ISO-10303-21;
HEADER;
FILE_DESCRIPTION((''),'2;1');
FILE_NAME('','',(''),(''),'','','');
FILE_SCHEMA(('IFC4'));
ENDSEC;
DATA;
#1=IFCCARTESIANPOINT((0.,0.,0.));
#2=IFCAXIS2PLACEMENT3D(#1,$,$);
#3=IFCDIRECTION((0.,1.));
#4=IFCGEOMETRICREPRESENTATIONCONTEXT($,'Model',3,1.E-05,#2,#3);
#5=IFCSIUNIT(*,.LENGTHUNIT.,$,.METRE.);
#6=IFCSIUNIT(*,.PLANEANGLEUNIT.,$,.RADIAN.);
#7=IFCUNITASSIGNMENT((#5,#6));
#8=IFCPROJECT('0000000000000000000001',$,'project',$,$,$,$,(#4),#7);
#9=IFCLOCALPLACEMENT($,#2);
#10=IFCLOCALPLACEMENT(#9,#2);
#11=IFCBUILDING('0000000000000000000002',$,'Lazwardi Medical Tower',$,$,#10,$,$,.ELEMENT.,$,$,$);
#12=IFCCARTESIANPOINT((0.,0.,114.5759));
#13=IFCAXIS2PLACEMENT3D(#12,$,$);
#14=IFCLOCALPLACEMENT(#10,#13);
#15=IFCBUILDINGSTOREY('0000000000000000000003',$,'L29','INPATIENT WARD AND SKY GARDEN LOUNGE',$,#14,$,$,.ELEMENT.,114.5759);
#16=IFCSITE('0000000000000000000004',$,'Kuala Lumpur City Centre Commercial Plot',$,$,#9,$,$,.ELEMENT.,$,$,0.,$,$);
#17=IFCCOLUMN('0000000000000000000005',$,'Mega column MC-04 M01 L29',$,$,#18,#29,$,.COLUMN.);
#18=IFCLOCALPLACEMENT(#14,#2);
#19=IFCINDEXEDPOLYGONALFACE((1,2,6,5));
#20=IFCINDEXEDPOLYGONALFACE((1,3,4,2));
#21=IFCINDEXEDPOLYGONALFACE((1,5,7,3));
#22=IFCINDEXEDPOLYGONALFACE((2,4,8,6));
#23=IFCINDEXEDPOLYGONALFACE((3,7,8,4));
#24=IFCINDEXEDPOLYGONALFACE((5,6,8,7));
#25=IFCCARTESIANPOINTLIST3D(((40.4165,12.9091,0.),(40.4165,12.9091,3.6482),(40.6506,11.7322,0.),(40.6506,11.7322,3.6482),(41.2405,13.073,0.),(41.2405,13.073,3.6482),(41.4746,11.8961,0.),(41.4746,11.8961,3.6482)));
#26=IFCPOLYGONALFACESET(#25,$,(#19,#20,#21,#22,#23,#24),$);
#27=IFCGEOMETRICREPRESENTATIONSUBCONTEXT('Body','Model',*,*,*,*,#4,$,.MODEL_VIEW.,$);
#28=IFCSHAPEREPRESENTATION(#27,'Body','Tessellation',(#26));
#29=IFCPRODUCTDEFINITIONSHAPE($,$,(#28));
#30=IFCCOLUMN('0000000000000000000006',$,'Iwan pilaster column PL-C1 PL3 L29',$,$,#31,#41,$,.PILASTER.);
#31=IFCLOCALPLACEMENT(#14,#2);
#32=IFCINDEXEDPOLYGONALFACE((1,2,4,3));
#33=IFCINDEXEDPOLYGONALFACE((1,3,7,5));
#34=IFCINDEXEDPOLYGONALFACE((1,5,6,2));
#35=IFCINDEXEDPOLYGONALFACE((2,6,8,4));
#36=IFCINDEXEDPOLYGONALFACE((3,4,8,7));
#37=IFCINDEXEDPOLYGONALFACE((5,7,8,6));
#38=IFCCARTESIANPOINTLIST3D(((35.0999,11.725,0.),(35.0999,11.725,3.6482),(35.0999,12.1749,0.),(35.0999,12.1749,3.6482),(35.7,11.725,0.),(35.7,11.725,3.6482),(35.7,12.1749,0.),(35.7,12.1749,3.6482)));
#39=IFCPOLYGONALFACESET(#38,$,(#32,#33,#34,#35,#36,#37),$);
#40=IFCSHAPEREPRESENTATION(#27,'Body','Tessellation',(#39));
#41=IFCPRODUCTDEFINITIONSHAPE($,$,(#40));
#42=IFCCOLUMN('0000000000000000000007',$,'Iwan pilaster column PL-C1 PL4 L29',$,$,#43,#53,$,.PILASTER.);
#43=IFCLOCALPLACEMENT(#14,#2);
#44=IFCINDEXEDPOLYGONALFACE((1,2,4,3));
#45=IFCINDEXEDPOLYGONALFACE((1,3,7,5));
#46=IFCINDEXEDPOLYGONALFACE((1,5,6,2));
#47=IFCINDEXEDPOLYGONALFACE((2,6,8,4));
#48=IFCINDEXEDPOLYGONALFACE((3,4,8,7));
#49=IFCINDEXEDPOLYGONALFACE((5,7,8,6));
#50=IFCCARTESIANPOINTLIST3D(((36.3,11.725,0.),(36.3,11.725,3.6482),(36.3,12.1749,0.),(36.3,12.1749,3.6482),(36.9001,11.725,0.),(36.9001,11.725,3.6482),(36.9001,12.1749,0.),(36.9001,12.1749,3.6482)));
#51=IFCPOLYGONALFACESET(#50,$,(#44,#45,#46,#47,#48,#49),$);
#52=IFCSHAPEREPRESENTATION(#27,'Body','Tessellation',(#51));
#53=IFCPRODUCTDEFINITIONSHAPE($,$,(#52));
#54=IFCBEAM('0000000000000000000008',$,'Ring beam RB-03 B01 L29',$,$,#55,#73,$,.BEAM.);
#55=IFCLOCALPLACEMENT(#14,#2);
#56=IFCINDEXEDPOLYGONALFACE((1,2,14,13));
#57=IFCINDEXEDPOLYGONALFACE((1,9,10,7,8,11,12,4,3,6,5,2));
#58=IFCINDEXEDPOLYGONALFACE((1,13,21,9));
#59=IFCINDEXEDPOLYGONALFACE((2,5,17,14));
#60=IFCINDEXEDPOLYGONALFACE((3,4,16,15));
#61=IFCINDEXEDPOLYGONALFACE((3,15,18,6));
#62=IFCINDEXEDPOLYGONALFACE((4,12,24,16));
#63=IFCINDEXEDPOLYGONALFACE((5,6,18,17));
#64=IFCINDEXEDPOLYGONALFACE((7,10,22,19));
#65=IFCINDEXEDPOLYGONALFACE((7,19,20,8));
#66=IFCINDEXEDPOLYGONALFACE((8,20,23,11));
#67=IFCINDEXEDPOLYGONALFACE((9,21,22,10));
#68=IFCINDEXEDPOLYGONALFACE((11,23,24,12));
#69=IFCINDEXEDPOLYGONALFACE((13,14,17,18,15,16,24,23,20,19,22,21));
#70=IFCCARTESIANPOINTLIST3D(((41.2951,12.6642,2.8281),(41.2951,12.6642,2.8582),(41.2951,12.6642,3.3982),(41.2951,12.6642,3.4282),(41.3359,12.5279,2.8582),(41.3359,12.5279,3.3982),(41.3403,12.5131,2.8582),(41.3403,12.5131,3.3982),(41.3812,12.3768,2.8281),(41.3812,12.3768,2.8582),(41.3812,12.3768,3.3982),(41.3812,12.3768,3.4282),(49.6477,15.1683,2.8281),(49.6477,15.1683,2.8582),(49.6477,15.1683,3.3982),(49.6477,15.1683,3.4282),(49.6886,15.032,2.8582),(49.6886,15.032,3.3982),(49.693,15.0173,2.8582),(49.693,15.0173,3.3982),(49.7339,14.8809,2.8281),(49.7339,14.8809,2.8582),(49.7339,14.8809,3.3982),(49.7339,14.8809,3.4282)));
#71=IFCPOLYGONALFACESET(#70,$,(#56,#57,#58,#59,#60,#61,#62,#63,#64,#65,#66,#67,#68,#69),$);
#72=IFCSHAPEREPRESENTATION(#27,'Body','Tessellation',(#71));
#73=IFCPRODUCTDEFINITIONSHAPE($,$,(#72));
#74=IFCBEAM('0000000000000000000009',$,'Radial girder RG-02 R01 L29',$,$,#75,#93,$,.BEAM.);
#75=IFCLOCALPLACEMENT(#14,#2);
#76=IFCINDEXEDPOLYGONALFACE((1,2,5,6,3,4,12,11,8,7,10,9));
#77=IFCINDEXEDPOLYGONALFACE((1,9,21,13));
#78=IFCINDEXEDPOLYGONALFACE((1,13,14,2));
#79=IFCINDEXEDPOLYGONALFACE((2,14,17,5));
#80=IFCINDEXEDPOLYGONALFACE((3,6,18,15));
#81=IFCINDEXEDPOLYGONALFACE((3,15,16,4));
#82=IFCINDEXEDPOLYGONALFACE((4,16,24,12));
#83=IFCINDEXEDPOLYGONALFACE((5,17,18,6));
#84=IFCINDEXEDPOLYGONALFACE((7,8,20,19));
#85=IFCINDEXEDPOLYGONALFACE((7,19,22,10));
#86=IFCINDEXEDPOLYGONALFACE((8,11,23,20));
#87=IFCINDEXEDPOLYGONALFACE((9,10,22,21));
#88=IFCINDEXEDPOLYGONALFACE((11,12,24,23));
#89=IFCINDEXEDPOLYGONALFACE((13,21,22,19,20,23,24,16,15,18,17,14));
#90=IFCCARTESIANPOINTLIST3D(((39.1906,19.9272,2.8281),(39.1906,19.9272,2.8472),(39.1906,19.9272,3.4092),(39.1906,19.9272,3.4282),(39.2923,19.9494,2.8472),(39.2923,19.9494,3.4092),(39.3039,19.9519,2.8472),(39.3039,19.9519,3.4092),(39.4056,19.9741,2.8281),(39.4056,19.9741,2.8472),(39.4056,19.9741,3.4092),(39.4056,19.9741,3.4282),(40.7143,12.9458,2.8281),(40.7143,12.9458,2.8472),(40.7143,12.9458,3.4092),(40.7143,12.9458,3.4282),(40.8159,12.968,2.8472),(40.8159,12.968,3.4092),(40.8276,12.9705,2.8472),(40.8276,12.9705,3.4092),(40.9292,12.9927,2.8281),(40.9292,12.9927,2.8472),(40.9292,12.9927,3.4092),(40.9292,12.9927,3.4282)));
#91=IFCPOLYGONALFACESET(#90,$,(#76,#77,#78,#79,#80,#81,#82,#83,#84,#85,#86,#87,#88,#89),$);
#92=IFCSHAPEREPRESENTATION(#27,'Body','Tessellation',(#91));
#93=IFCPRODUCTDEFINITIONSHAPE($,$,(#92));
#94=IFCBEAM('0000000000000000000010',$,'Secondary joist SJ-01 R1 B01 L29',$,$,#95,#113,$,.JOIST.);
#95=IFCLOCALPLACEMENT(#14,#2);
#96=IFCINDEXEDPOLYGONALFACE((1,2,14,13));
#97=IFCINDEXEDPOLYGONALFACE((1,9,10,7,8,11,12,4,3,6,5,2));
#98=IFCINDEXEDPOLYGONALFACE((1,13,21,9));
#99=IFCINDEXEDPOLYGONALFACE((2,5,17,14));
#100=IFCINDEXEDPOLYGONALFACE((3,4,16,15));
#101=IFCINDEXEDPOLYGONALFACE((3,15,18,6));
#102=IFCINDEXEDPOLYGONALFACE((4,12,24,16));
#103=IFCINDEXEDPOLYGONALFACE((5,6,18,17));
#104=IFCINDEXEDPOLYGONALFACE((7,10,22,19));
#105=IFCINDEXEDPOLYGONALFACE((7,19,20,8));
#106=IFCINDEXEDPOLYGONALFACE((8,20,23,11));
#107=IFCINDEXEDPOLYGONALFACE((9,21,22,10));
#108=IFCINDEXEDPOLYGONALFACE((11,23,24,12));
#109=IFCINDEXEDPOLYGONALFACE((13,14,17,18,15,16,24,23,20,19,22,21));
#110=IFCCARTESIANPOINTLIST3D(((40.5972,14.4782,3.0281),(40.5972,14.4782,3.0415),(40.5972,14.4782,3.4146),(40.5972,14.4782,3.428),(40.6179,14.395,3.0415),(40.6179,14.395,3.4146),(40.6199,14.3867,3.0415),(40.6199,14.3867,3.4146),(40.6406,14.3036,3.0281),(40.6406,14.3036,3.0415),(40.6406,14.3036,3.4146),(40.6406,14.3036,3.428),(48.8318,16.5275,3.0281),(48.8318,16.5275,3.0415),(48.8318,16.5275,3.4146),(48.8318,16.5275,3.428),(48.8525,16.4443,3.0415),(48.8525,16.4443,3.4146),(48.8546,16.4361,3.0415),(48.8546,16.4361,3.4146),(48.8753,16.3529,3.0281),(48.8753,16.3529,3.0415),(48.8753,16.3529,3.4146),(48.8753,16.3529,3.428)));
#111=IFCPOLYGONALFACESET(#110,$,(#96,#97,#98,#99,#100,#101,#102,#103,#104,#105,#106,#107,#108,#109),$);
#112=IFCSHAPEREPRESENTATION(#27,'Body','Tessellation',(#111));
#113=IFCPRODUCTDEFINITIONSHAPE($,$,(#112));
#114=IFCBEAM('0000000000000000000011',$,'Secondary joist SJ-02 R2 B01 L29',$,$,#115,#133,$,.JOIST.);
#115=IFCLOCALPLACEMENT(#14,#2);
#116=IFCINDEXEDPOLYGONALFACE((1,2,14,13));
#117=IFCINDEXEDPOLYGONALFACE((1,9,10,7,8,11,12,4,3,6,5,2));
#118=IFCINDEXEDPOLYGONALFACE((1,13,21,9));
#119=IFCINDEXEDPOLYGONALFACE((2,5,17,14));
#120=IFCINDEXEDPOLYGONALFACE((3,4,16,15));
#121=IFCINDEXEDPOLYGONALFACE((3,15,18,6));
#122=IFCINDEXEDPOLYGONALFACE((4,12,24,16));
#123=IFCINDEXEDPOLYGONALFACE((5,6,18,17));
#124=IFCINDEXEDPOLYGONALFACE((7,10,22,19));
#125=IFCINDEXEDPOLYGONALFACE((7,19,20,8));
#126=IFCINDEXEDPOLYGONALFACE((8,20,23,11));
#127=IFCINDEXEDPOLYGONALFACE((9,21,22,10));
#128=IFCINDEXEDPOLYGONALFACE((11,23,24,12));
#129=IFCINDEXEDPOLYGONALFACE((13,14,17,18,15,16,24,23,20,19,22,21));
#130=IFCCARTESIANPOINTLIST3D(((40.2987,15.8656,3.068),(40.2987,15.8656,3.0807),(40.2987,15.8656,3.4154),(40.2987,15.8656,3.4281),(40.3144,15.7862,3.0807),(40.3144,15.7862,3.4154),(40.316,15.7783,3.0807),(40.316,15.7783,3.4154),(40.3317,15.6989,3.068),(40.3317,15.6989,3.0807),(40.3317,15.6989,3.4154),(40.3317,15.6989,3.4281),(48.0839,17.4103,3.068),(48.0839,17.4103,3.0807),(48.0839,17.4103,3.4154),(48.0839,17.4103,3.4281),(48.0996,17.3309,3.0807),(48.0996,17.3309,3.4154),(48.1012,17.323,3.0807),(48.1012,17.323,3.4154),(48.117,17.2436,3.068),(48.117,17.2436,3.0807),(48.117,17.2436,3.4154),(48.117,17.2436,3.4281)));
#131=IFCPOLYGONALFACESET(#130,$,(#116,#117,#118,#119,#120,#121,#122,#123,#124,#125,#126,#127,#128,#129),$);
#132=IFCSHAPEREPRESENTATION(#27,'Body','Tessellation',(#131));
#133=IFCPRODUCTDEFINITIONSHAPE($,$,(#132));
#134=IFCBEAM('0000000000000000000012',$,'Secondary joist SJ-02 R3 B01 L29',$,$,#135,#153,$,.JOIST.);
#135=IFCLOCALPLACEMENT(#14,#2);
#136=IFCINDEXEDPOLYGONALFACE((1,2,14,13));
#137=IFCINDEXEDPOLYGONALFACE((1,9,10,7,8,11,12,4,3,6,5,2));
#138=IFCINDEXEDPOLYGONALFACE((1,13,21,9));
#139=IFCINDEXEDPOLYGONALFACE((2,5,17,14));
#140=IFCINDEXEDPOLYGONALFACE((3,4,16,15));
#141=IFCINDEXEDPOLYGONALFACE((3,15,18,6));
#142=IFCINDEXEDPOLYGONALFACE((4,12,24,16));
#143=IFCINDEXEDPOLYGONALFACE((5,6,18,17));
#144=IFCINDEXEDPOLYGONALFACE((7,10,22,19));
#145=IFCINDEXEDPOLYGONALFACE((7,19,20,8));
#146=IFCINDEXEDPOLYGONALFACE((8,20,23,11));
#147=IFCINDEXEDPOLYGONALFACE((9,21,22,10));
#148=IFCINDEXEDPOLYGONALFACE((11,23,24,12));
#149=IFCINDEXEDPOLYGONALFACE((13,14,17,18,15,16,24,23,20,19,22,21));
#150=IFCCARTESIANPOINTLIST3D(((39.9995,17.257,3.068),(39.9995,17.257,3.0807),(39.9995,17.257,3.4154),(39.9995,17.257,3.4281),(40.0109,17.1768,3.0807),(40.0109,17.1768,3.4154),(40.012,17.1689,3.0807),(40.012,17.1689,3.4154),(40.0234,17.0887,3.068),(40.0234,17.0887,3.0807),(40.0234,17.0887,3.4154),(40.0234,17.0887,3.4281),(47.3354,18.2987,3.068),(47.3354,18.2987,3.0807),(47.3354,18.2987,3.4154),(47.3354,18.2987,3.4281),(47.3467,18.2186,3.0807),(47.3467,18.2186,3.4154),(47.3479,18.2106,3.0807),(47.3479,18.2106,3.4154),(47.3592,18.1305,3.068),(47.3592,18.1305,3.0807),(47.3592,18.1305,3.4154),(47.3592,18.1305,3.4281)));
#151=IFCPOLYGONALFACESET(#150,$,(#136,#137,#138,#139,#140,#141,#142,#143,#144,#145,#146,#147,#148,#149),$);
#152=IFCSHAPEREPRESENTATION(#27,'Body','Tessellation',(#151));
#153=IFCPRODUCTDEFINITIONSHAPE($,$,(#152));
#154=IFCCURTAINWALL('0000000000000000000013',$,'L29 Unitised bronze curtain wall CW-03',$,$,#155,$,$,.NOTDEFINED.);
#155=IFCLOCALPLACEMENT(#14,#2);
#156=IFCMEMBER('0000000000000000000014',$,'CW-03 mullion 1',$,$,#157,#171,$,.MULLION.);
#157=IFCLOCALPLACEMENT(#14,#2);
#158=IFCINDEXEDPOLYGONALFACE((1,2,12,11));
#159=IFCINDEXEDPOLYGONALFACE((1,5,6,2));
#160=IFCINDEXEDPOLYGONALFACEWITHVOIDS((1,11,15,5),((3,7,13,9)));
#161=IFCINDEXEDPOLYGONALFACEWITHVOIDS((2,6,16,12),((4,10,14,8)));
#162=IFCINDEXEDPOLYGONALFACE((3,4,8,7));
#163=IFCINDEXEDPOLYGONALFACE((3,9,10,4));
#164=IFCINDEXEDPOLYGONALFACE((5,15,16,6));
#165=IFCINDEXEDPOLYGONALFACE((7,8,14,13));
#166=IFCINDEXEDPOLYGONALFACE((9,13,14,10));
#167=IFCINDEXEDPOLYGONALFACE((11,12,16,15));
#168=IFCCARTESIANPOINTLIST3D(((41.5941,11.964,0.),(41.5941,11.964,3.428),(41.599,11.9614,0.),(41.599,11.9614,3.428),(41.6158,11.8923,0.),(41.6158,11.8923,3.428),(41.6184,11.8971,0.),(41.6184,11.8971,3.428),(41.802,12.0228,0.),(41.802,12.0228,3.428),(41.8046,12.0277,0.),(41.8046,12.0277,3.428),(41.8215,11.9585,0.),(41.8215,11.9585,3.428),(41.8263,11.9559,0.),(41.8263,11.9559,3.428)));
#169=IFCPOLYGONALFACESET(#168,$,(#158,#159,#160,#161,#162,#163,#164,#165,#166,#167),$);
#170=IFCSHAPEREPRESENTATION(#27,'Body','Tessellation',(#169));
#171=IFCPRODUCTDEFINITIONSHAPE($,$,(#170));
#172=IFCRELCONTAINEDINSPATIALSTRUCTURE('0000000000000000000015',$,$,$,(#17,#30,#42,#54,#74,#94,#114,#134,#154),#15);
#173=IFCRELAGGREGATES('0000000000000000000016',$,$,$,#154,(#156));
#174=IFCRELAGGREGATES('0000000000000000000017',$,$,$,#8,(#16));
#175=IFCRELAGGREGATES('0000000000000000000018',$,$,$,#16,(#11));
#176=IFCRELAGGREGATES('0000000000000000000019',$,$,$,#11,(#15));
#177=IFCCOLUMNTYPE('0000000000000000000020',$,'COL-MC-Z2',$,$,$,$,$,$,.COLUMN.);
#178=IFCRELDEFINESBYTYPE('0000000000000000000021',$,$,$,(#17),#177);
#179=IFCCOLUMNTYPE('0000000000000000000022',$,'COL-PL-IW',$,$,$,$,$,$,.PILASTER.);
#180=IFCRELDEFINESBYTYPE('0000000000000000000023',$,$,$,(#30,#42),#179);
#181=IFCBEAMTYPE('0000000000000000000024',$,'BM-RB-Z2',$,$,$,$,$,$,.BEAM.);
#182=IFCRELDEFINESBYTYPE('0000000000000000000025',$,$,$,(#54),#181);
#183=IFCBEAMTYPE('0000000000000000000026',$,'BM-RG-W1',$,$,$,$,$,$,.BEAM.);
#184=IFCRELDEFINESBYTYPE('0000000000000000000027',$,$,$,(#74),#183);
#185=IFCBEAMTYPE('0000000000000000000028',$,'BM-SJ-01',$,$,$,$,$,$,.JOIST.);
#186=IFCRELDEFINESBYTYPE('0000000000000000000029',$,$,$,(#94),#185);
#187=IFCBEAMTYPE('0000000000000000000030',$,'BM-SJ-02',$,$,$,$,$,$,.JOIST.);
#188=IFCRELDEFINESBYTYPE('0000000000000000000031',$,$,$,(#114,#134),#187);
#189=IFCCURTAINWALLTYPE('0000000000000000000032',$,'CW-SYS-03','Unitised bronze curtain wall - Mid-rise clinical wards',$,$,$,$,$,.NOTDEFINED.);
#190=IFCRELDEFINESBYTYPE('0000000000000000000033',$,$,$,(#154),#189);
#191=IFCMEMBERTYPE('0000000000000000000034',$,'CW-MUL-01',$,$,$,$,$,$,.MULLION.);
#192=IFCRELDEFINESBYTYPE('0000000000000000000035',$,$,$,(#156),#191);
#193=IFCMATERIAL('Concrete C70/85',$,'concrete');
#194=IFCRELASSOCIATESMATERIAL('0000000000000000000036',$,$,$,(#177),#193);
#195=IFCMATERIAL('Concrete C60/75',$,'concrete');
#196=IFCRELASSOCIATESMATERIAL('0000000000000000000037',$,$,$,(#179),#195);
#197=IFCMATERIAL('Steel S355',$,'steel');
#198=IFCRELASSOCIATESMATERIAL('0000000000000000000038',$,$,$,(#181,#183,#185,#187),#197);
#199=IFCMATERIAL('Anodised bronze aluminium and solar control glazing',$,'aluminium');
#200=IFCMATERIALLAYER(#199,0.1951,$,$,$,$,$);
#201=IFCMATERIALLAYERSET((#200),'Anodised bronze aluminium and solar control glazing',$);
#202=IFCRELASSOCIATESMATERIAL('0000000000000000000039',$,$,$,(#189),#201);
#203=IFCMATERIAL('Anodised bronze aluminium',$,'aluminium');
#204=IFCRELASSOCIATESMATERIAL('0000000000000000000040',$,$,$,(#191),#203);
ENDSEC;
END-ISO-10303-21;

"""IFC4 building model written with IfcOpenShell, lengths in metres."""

from ifc_helpers import new_model, si_unit, direction, frame, origin, origin_2d, place, context, subcontext, project, spatial, rectangle, hollow_rectangle, i_section, extrude, material, layer, layer_set, material_profile, profile_set, type_object, element, aggregate, save


model = new_model("IFC4")

# Units and contexts
model_context = context("Model", 3, precision=1e-05, world=origin(), true_north=direction((0.0, 1.0)))
body_context = subcontext(model_context, "Body", "Model", "MODEL_VIEW")
ifc_project = project(units=[si_unit("LENGTHUNIT", "METRE"), si_unit("PLANEANGLEUNIT", "RADIAN")], contexts=[model_context])

# Site, building, storey
site_placement = place(None, origin())
site = spatial("IfcSite", under=ifc_project, at=site_placement, Name="Kuala Lumpur City Centre Commercial Plot", CompositionType="ELEMENT", RefElevation=0.0)
building_placement = place(site_placement, origin())
building = spatial("IfcBuilding", under=site, at=building_placement, Name="Lazwardi Medical Tower", CompositionType="ELEMENT")
storey_placement = place(building_placement, frame((0.0, 0.0, 114.5759)))
storey = spatial("IfcBuildingStorey", under=building, at=storey_placement, Name="L29", Description="INPATIENT WARD AND SKY GARDEN LOUNGE", CompositionType="ELEMENT", Elevation=114.5759)

# Columns
ifc_material_1 = material(Name="Concrete C70/85", Category="concrete")
ifc_material_profile_1 = material_profile(ifc_material_1, rectangle(XDim=1.2, YDim=0.8401, at=origin_2d()), Name="CFT-RECT 1200x840")
ifc_profile_set_1 = profile_set([ifc_material_profile_1], Name="Concrete C70/85")
column_type_1 = type_object("IfcColumnType", Name="COL-MC-Z2", PredefinedType="COLUMN", material=ifc_profile_set_1)
column_placement = place(storey_placement, frame((40.9456, 12.4026, 0.0), z_axis=(0.0, 0.0, 1.0), x_axis=(0.19509, -0.980785, 0.0)))
element("IfcColumn", 1, at=column_placement, inside=storey, type_object=column_type_1, Name="Mega column MC-04 M01 L29", PredefinedType="COLUMN", context=body_context, shape_type="SweptSolid", body=[
    extrude(rectangle(XDim=1.2, YDim=0.8401, at=origin_2d()), origin(), (0.0, 0.0, 1.0), 3.6482),
])
ifc_material_2 = material(Name="Concrete C60/75", Category="concrete")
ifc_material_profile_2 = material_profile(ifc_material_2, rectangle(XDim=0.6001, YDim=0.45, at=origin_2d()), Name="RC 600x450")
ifc_profile_set_2 = profile_set([ifc_material_profile_2], Name="Concrete C60/75")
column_type_2 = type_object("IfcColumnType", Name="COL-PL-IW", PredefinedType="PILASTER", material=ifc_profile_set_2)
for number, where, z_axis, x_axis, name in (
    (2, (35.3999, 11.95, 0.0), (0.0, 0.0, 1.0), (1.0, 0.0, 0.0), "Iwan pilaster column PL-C1 PL3 L29"),
    (3, (36.6001, 11.95, 0.0), (0.0, 0.0, 1.0), (1.0, 0.0, 0.0), "Iwan pilaster column PL-C1 PL4 L29"),
):
    element("IfcColumn", number, at=place(storey_placement, frame(where, z_axis=z_axis, x_axis=x_axis)), inside=storey, type_object=column_type_2, Name=name, PredefinedType="PILASTER", context=body_context, shape_type="SweptSolid", body=[
        extrude(rectangle(XDim=0.6001, YDim=0.45, at=origin_2d()), origin(), (0.0, 0.0, 1.0), 3.6482),
    ])

# Beams
ifc_material_3 = material(Name="Steel S355", Category="steel")
ifc_material_profile_3 = material_profile(ifc_material_3, i_section(OverallWidth=0.3, OverallDepth=0.6001, WebThickness=0.0154, FlangeThickness=0.03, at=origin_2d()), Name="HEB 600")
ifc_profile_set_3 = profile_set([ifc_material_profile_3], Name="Steel S355")
beam_type_1 = type_object("IfcBeamType", Name="BM-RB-Z2", PredefinedType="BEAM", material=ifc_profile_set_3)
beam_1_placement = place(storey_placement, frame((41.3381, 12.5205, 3.1282), z_axis=(0.957879, 0.287171, 0.0), x_axis=(-0.287171, 0.957879, 0.0)))
element("IfcBeam", 4, at=beam_1_placement, inside=storey, type_object=beam_type_1, Name="Ring beam RB-03 B01 L29", PredefinedType="BEAM", context=body_context, shape_type="SweptSolid", body=[
    extrude(i_section(OverallWidth=0.3, OverallDepth=0.6001, WebThickness=0.0154, FlangeThickness=0.03, at=origin_2d()), origin(), (0.0, 0.0, 1.0), 8.72),
])
ifc_material_profile_4 = material_profile(ifc_material_3, i_section(OverallWidth=0.22, OverallDepth=0.6001, WebThickness=0.012, FlangeThickness=0.019, at=origin_2d()), Name="IPE 600")
ifc_profile_set_4 = profile_set([ifc_material_profile_4], Name="Steel S355")
beam_type_2 = type_object("IfcBeamType", Name="BM-RG-W1", PredefinedType="BEAM", material=ifc_profile_set_4)
beam_2_placement = place(storey_placement, frame((40.8218, 12.9692, 3.1282), z_axis=(-0.213228, 0.977002, 0.0), x_axis=(-0.977002, -0.213228, 0.0)))
element("IfcBeam", 5, at=beam_2_placement, inside=storey, type_object=beam_type_2, Name="Radial girder RG-02 R01 L29", PredefinedType="BEAM", context=body_context, shape_type="SweptSolid", body=[
    extrude(i_section(OverallWidth=0.22, OverallDepth=0.6001, WebThickness=0.012, FlangeThickness=0.019, at=origin_2d()), origin(), (0.0, 0.0, 1.0), 7.1458),
])
ifc_material_profile_5 = material_profile(ifc_material_3, i_section(OverallWidth=0.1799, OverallDepth=0.3999, WebThickness=0.0085, FlangeThickness=0.0134, at=origin_2d()), Name="IPE 400")
ifc_profile_set_5 = profile_set([ifc_material_profile_5], Name="Steel S355")
beam_type_3 = type_object("IfcBeamType", Name="BM-SJ-01", PredefinedType="JOIST", material=ifc_profile_set_5)
beam_3_placement = place(storey_placement, frame((40.6189, 14.3909, 3.228), z_axis=(0.970401, 0.2415, 0.0), x_axis=(-0.2415, 0.970401, 0.0)))
element("IfcBeam", 6, at=beam_3_placement, inside=storey, type_object=beam_type_3, Name="Secondary joist SJ-01 R1 B01 L29", PredefinedType="JOIST", context=body_context, shape_type="SweptSolid", body=[
    extrude(i_section(OverallWidth=0.1799, OverallDepth=0.3999, WebThickness=0.0085, FlangeThickness=0.0134, at=origin_2d()), origin(), (0.0, 0.0, 1.0), 8.4858),
])
ifc_material_profile_6 = material_profile(ifc_material_3, i_section(OverallWidth=0.1699, OverallDepth=0.3601, WebThickness=0.0081, FlangeThickness=0.0127, at=origin_2d()), Name="IPE 360")
ifc_profile_set_6 = profile_set([ifc_material_profile_6], Name="Steel S355")
beam_type_4 = type_object("IfcBeamType", Name="BM-SJ-02", PredefinedType="JOIST", material=ifc_profile_set_6)
beam_4_placement = place(storey_placement, frame((40.3152, 15.7822, 3.248), z_axis=(0.980879, 0.194619, 0.0), x_axis=(-0.194619, 0.980879, 0.0)))
element("IfcBeam", 7, at=beam_4_placement, inside=storey, type_object=beam_type_4, Name="Secondary joist SJ-02 R2 B01 L29", PredefinedType="JOIST", context=body_context, shape_type="SweptSolid", body=[
    extrude(i_section(OverallWidth=0.1699, OverallDepth=0.3601, WebThickness=0.0081, FlangeThickness=0.0127, at=origin_2d()), origin(), (0.0, 0.0, 1.0), 7.937),
])
beam_5_placement = place(storey_placement, frame((40.0115, 17.1729, 3.248), z_axis=(0.990067, 0.140596, 0.0), x_axis=(-0.140596, 0.990067, 0.0)))
element("IfcBeam", 8, at=beam_5_placement, inside=storey, type_object=beam_type_4, Name="Secondary joist SJ-02 R3 B01 L29", PredefinedType="JOIST", context=body_context, shape_type="SweptSolid", body=[
    extrude(i_section(OverallWidth=0.1699, OverallDepth=0.3601, WebThickness=0.0081, FlangeThickness=0.0127, at=origin_2d()), origin(), (0.0, 0.0, 1.0), 7.4094),
])

# Curtain wall, member
ifc_material_4 = material(Name="Anodised bronze aluminium and solar control glazing", Category="aluminium")
ifc_layer_1 = layer(ifc_material_4, 0.1951)
ifc_layer_set_1 = layer_set([ifc_layer_1], Name="Anodised bronze aluminium and solar control glazing")
curtain_wall_type = type_object("IfcCurtainWallType", Name="CW-SYS-03", Description="Unitised bronze curtain wall - Mid-rise clinical wards", PredefinedType="NOTDEFINED", material=ifc_layer_set_1)
curtain_wall_placement = place(storey_placement, origin())
curtain_wall = element("IfcCurtainWall", 9, at=curtain_wall_placement, inside=storey, type_object=curtain_wall_type, Name="L29 Unitised bronze curtain wall CW-03", PredefinedType="NOTDEFINED")
ifc_material_5 = material(Name="Anodised bronze aluminium", Category="aluminium")
ifc_material_profile_7 = material_profile(ifc_material_5, hollow_rectangle(XDim=0.075, YDim=0.22, WallThickness=0.0039, at=origin_2d()), Name="ALU-MULLION 220x75x4")
ifc_profile_set_7 = profile_set([ifc_material_profile_7], Name="Anodised bronze aluminium")
member_type_1 = type_object("IfcMemberType", Name="CW-MUL-01", PredefinedType="MULLION", material=ifc_profile_set_7)
member_1_placement = place(storey_placement, frame((41.7102, 11.96, 0.0), z_axis=(0.0, 0.0, 1.0), x_axis=(-0.289374, 0.957216, 0.0)))
member_1 = element("IfcMember", 10, at=member_1_placement, type_object=member_type_1, Name="CW-03 mullion 1", PredefinedType="MULLION", context=body_context, shape_type="SweptSolid", body=[
    extrude(hollow_rectangle(XDim=0.075, YDim=0.22, WallThickness=0.0039, at=origin_2d()), origin(), (0.0, 0.0, 1.0), 3.428),
])
aggregate(curtain_wall, [member_1])

save(model, "model.ifc")
